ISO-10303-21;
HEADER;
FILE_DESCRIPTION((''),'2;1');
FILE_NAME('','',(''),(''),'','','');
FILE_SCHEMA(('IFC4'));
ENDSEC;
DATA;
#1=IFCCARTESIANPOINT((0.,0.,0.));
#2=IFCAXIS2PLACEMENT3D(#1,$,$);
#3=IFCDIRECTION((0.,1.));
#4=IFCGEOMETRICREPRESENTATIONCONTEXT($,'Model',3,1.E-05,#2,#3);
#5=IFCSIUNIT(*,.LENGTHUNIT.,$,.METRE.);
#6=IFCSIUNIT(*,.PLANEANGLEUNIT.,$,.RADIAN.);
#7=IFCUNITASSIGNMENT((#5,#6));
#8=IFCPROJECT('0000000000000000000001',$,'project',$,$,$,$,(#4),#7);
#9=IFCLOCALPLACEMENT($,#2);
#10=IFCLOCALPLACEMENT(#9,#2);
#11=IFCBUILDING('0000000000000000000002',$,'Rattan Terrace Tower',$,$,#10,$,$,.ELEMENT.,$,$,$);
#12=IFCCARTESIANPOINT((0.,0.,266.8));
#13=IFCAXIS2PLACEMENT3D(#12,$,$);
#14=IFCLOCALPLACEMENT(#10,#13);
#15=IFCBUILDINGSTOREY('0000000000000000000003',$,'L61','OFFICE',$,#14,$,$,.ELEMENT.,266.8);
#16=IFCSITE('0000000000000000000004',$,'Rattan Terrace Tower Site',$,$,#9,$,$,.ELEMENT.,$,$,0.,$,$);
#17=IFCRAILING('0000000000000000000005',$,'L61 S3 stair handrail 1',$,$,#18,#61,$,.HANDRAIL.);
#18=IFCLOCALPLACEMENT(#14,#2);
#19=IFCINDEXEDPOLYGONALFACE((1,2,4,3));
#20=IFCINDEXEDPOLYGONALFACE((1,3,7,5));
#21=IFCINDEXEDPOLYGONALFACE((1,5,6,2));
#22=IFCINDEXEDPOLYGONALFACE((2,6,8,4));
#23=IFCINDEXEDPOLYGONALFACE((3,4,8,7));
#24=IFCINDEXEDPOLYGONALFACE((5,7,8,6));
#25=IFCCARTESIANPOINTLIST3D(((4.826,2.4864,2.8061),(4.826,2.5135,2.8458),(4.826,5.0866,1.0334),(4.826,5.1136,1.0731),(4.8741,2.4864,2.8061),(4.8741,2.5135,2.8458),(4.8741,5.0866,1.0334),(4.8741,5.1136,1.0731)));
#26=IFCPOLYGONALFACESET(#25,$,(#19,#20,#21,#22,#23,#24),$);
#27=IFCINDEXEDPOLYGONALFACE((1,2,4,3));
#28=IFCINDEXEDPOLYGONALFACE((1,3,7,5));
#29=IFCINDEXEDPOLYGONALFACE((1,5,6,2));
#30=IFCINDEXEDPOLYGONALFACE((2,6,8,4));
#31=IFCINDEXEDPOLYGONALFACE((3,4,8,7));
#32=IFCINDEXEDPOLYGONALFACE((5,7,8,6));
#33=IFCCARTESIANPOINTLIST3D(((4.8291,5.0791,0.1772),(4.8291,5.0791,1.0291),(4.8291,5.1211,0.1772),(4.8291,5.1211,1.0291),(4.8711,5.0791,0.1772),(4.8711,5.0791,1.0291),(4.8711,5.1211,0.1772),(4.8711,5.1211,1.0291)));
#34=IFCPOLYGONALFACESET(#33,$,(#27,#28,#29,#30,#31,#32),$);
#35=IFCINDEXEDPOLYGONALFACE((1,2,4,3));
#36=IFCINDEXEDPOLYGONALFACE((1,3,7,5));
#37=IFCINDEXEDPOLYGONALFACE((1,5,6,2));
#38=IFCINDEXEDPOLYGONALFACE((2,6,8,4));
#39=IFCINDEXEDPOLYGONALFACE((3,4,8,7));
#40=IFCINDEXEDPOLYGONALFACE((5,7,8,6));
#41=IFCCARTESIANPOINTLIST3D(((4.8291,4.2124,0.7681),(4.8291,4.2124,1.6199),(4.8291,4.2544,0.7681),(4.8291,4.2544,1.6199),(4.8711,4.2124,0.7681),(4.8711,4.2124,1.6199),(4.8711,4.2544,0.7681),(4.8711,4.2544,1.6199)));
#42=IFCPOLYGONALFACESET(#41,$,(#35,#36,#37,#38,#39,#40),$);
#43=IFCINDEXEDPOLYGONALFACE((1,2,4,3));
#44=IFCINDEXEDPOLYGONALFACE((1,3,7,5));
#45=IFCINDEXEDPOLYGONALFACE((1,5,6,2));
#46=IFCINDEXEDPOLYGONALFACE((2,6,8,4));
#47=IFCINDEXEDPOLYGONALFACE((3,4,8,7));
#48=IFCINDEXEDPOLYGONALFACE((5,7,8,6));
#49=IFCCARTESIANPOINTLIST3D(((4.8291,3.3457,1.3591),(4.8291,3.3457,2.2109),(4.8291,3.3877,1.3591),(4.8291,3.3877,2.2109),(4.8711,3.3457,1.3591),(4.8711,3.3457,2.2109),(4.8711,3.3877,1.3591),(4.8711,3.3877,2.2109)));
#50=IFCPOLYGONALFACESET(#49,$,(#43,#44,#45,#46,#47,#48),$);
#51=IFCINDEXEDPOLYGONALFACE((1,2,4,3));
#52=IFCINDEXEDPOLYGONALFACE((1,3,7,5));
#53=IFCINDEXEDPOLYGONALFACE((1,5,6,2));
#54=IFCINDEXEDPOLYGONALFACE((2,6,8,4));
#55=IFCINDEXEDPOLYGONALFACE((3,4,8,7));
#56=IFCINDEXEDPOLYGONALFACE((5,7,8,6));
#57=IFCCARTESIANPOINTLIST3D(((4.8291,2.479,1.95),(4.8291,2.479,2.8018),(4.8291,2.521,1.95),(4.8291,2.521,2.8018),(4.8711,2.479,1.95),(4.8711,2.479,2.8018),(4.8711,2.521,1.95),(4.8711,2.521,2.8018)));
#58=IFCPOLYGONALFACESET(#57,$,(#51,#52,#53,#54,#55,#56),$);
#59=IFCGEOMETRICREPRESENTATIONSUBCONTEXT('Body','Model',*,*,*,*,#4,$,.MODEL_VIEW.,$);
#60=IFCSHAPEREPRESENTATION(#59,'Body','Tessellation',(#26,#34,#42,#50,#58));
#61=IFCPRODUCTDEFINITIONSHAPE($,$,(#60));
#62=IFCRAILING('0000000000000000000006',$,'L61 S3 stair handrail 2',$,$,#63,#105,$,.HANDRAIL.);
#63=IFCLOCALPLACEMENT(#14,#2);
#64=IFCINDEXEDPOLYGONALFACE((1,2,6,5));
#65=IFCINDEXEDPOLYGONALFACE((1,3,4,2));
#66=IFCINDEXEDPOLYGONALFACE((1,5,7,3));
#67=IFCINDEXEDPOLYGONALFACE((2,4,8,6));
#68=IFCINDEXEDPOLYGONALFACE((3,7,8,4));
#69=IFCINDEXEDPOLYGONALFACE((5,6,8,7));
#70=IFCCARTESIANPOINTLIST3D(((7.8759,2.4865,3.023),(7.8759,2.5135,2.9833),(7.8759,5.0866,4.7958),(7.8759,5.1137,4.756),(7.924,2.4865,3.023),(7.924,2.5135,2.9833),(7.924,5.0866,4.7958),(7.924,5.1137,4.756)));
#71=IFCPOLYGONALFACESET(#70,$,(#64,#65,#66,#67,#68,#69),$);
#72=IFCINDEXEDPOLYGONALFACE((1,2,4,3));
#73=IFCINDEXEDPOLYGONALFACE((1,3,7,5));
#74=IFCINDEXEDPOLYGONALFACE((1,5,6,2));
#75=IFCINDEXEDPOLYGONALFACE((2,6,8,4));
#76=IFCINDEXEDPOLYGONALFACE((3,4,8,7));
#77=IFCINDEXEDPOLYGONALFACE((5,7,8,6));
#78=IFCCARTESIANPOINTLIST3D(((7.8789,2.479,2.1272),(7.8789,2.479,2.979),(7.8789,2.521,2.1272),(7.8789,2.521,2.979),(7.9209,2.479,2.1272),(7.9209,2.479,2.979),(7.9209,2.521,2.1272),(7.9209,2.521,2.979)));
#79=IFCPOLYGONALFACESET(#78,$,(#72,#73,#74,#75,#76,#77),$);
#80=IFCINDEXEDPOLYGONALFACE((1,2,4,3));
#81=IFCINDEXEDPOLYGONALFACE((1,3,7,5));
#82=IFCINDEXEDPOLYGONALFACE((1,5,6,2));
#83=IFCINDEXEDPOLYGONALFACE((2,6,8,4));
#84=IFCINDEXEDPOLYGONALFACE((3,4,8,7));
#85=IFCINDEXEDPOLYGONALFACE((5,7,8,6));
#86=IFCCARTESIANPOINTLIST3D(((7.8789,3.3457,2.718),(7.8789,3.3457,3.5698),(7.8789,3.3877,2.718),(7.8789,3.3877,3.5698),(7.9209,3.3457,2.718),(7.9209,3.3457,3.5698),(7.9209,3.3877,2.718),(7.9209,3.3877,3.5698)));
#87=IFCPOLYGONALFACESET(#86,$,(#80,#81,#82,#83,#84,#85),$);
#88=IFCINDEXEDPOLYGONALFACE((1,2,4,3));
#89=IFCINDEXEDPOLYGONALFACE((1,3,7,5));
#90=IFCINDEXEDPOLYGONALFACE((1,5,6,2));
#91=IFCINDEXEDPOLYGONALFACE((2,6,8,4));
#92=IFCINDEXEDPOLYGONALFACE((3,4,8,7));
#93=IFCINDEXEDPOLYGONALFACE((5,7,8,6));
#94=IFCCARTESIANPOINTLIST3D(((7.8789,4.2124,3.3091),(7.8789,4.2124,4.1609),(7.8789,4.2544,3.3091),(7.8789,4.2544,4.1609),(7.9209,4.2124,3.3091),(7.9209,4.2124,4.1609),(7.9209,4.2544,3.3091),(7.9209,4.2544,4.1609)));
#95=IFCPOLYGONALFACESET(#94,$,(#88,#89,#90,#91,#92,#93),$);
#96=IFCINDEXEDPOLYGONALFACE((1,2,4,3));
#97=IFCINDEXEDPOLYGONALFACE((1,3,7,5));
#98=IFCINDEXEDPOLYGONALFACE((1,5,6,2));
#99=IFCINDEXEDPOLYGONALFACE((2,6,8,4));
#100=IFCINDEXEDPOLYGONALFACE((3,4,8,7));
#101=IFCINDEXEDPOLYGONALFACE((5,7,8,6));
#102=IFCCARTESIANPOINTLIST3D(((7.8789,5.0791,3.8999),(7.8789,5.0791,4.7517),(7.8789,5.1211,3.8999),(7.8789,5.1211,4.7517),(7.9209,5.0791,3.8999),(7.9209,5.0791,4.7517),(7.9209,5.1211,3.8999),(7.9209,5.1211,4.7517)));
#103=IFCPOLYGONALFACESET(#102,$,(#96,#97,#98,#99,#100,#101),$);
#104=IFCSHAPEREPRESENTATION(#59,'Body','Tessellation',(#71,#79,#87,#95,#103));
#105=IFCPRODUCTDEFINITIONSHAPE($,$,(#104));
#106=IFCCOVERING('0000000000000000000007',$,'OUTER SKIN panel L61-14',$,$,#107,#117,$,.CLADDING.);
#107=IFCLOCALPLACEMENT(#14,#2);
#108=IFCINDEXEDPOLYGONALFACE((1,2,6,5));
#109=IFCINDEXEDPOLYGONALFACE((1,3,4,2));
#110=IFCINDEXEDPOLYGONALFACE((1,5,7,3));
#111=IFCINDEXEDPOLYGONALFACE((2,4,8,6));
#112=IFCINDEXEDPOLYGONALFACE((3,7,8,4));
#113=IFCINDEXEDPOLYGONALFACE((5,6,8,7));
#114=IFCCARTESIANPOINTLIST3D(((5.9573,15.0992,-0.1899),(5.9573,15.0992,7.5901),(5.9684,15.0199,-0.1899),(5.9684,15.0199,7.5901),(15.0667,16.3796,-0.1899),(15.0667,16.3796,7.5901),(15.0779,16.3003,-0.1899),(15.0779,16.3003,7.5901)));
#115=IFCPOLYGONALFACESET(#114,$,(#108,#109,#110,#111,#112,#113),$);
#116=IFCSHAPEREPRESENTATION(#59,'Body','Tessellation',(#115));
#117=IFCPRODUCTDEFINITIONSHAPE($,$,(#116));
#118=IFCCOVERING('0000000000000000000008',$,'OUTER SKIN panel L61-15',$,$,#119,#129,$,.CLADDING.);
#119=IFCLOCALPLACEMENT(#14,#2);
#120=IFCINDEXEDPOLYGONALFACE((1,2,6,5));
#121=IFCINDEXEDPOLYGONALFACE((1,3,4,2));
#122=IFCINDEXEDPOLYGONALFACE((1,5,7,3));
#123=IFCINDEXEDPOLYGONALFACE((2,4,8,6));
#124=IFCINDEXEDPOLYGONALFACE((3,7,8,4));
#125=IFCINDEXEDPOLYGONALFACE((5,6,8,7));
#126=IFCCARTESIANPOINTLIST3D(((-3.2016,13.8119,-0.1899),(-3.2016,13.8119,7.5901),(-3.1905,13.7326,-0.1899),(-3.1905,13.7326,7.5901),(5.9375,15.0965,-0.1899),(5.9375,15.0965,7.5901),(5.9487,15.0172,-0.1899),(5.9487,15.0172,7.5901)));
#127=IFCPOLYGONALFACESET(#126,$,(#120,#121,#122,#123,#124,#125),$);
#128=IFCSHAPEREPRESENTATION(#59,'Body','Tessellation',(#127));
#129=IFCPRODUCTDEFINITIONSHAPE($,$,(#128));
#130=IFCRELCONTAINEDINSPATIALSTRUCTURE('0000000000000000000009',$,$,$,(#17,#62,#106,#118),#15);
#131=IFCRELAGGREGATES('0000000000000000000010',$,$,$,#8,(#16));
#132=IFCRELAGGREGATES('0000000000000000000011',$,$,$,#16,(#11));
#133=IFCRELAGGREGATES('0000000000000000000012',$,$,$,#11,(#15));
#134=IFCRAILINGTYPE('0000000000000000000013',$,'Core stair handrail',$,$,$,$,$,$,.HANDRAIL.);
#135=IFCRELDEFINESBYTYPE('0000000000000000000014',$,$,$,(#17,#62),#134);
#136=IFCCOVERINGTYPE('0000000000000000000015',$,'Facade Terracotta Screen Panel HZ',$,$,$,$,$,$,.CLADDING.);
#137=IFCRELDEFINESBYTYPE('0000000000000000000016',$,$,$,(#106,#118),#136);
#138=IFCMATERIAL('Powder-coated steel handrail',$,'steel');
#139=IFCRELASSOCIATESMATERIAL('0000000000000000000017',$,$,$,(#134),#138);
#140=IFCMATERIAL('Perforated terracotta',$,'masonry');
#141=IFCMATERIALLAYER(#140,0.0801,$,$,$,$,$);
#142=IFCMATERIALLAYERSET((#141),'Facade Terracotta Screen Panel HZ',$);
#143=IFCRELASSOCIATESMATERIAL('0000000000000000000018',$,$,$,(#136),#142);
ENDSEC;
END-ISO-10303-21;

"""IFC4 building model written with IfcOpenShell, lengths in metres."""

from ifc_helpers import new_model, si_unit, direction, frame, origin, origin_2d, place, context, subcontext, project, spatial, rectangle, extrude, material, layer, layer_set, type_object, element, save


model = new_model("IFC4")

# Units and contexts
model_context = context("Model", 3, precision=1e-05, world=origin(), true_north=direction((0.0, 1.0)))
body_context = subcontext(model_context, "Body", "Model", "MODEL_VIEW")
ifc_project = project(units=[si_unit("LENGTHUNIT", "METRE"), si_unit("PLANEANGLEUNIT", "RADIAN")], contexts=[model_context])

# Site, building, storey
site_placement = place(None, origin())
site = spatial("IfcSite", under=ifc_project, at=site_placement, Name="Rattan Terrace Tower Site", CompositionType="ELEMENT", RefElevation=0.0)
building_placement = place(site_placement, origin())
building = spatial("IfcBuilding", under=site, at=building_placement, Name="Rattan Terrace Tower", CompositionType="ELEMENT")
storey_placement = place(building_placement, frame((0.0, 0.0, 266.8)))
storey = spatial("IfcBuildingStorey", under=building, at=storey_placement, Name="L61", Description="OFFICE", CompositionType="ELEMENT", Elevation=266.8)

# Railings
ifc_material_1 = material(Name="Powder-coated steel handrail", Category="steel")
railing_type_1 = type_object("IfcRailingType", Name="Core stair handrail", PredefinedType="HANDRAIL", material=ifc_material_1)
for number, where, name in (
    (1, (4.8501, 5.1001, 0.1772), "L61 S3 stair handrail 1"),
):
    element("IfcRailing", number, at=place(storey_placement, frame(where)), inside=storey, type_object=railing_type_1, Name=name, PredefinedType="HANDRAIL", context=body_context, shape_type="SweptSolid", body=[
        extrude(rectangle(XDim=0.0481, YDim=0.0481, at=origin_2d()), frame((0.0, 0.0, 0.876), z_axis=(0.0, -0.82624, 0.563318), x_axis=(1.0, 0.0, 0.0)), (0.0, 0.0, 1.0), 3.147),
        extrude(rectangle(XDim=0.042, YDim=0.042, at=origin_2d()), origin(), (0.0, 0.0, 1.0), 0.8518),
        extrude(rectangle(XDim=0.042, YDim=0.042, at=origin_2d()), frame((0.0, -0.8667, 0.5908)), (0.0, 0.0, 1.0), 0.8518),
        extrude(rectangle(XDim=0.042, YDim=0.042, at=origin_2d()), frame((0.0, -1.7334, 1.1819)), (0.0, 0.0, 1.0), 0.8518),
        extrude(rectangle(XDim=0.042, YDim=0.042, at=origin_2d()), frame((0.0, -2.6001, 1.7727)), (0.0, 0.0, 1.0), 0.8518),
    ])
railing_1_placement = place(storey_placement, frame((7.8999, 2.5, 2.1272)))
element("IfcRailing", 2, at=railing_1_placement, inside=storey, type_object=railing_type_1, Name="L61 S3 stair handrail 2", PredefinedType="HANDRAIL", context=body_context, shape_type="SweptSolid", body=[
    extrude(rectangle(XDim=0.0481, YDim=0.0481, at=origin_2d()), frame((0.0, 0.0, 0.876), z_axis=(0.0, 0.82624, 0.563318), x_axis=(-1.0, 0.0, 0.0)), (0.0, 0.0, 1.0), 3.147),
    extrude(rectangle(XDim=0.042, YDim=0.042, at=origin_2d()), origin(), (0.0, 0.0, 1.0), 0.8518),
    extrude(rectangle(XDim=0.042, YDim=0.042, at=origin_2d()), frame((0.0, 0.8667, 0.5908)), (0.0, 0.0, 1.0), 0.8518),
    extrude(rectangle(XDim=0.042, YDim=0.042, at=origin_2d()), frame((0.0, 1.7334, 1.1819)), (0.0, 0.0, 1.0), 0.8518),
    extrude(rectangle(XDim=0.042, YDim=0.042, at=origin_2d()), frame((0.0, 2.6001, 1.7727)), (0.0, 0.0, 1.0), 0.8518),
])

# Coverings
ifc_material_2 = material(Name="Perforated terracotta", Category="masonry")
ifc_layer_1 = layer(ifc_material_2, 0.0801)
ifc_layer_set_1 = layer_set([ifc_layer_1], Name="Facade Terracotta Screen Panel HZ")
covering_type = type_object("IfcCoveringType", Name="Facade Terracotta Screen Panel HZ", PredefinedType="CLADDING", material=ifc_layer_set_1)
covering_1_placement = place(storey_placement, frame((10.5176, 15.6997, -0.1899), z_axis=(0.0, 0.0, 1.0), x_axis=(-0.990266, -0.139189, 0.0)))
element("IfcCovering", 3, at=covering_1_placement, inside=storey, type_object=covering_type, Name="OUTER SKIN panel L61-14", PredefinedType="CLADDING", context=body_context, shape_type="SweptSolid", body=[
    extrude(rectangle(XDim=9.199, YDim=0.0801, at=origin_2d()), origin(), (0.0, 0.0, 1.0), 7.78),
])
covering_2_placement = place(storey_placement, frame((1.3735, 14.4146, -0.1899), z_axis=(0.0, 0.0, 1.0), x_axis=(-0.990266, -0.139189, 0.0)))
element("IfcCovering", 4, at=covering_2_placement, inside=storey, type_object=covering_type, Name="OUTER SKIN panel L61-15", PredefinedType="CLADDING", context=body_context, shape_type="SweptSolid", body=[
    extrude(rectangle(XDim=9.229, YDim=0.0801, at=origin_2d()), origin(), (0.0, 0.0, 1.0), 7.78),
])

save(model, "model.ifc")
